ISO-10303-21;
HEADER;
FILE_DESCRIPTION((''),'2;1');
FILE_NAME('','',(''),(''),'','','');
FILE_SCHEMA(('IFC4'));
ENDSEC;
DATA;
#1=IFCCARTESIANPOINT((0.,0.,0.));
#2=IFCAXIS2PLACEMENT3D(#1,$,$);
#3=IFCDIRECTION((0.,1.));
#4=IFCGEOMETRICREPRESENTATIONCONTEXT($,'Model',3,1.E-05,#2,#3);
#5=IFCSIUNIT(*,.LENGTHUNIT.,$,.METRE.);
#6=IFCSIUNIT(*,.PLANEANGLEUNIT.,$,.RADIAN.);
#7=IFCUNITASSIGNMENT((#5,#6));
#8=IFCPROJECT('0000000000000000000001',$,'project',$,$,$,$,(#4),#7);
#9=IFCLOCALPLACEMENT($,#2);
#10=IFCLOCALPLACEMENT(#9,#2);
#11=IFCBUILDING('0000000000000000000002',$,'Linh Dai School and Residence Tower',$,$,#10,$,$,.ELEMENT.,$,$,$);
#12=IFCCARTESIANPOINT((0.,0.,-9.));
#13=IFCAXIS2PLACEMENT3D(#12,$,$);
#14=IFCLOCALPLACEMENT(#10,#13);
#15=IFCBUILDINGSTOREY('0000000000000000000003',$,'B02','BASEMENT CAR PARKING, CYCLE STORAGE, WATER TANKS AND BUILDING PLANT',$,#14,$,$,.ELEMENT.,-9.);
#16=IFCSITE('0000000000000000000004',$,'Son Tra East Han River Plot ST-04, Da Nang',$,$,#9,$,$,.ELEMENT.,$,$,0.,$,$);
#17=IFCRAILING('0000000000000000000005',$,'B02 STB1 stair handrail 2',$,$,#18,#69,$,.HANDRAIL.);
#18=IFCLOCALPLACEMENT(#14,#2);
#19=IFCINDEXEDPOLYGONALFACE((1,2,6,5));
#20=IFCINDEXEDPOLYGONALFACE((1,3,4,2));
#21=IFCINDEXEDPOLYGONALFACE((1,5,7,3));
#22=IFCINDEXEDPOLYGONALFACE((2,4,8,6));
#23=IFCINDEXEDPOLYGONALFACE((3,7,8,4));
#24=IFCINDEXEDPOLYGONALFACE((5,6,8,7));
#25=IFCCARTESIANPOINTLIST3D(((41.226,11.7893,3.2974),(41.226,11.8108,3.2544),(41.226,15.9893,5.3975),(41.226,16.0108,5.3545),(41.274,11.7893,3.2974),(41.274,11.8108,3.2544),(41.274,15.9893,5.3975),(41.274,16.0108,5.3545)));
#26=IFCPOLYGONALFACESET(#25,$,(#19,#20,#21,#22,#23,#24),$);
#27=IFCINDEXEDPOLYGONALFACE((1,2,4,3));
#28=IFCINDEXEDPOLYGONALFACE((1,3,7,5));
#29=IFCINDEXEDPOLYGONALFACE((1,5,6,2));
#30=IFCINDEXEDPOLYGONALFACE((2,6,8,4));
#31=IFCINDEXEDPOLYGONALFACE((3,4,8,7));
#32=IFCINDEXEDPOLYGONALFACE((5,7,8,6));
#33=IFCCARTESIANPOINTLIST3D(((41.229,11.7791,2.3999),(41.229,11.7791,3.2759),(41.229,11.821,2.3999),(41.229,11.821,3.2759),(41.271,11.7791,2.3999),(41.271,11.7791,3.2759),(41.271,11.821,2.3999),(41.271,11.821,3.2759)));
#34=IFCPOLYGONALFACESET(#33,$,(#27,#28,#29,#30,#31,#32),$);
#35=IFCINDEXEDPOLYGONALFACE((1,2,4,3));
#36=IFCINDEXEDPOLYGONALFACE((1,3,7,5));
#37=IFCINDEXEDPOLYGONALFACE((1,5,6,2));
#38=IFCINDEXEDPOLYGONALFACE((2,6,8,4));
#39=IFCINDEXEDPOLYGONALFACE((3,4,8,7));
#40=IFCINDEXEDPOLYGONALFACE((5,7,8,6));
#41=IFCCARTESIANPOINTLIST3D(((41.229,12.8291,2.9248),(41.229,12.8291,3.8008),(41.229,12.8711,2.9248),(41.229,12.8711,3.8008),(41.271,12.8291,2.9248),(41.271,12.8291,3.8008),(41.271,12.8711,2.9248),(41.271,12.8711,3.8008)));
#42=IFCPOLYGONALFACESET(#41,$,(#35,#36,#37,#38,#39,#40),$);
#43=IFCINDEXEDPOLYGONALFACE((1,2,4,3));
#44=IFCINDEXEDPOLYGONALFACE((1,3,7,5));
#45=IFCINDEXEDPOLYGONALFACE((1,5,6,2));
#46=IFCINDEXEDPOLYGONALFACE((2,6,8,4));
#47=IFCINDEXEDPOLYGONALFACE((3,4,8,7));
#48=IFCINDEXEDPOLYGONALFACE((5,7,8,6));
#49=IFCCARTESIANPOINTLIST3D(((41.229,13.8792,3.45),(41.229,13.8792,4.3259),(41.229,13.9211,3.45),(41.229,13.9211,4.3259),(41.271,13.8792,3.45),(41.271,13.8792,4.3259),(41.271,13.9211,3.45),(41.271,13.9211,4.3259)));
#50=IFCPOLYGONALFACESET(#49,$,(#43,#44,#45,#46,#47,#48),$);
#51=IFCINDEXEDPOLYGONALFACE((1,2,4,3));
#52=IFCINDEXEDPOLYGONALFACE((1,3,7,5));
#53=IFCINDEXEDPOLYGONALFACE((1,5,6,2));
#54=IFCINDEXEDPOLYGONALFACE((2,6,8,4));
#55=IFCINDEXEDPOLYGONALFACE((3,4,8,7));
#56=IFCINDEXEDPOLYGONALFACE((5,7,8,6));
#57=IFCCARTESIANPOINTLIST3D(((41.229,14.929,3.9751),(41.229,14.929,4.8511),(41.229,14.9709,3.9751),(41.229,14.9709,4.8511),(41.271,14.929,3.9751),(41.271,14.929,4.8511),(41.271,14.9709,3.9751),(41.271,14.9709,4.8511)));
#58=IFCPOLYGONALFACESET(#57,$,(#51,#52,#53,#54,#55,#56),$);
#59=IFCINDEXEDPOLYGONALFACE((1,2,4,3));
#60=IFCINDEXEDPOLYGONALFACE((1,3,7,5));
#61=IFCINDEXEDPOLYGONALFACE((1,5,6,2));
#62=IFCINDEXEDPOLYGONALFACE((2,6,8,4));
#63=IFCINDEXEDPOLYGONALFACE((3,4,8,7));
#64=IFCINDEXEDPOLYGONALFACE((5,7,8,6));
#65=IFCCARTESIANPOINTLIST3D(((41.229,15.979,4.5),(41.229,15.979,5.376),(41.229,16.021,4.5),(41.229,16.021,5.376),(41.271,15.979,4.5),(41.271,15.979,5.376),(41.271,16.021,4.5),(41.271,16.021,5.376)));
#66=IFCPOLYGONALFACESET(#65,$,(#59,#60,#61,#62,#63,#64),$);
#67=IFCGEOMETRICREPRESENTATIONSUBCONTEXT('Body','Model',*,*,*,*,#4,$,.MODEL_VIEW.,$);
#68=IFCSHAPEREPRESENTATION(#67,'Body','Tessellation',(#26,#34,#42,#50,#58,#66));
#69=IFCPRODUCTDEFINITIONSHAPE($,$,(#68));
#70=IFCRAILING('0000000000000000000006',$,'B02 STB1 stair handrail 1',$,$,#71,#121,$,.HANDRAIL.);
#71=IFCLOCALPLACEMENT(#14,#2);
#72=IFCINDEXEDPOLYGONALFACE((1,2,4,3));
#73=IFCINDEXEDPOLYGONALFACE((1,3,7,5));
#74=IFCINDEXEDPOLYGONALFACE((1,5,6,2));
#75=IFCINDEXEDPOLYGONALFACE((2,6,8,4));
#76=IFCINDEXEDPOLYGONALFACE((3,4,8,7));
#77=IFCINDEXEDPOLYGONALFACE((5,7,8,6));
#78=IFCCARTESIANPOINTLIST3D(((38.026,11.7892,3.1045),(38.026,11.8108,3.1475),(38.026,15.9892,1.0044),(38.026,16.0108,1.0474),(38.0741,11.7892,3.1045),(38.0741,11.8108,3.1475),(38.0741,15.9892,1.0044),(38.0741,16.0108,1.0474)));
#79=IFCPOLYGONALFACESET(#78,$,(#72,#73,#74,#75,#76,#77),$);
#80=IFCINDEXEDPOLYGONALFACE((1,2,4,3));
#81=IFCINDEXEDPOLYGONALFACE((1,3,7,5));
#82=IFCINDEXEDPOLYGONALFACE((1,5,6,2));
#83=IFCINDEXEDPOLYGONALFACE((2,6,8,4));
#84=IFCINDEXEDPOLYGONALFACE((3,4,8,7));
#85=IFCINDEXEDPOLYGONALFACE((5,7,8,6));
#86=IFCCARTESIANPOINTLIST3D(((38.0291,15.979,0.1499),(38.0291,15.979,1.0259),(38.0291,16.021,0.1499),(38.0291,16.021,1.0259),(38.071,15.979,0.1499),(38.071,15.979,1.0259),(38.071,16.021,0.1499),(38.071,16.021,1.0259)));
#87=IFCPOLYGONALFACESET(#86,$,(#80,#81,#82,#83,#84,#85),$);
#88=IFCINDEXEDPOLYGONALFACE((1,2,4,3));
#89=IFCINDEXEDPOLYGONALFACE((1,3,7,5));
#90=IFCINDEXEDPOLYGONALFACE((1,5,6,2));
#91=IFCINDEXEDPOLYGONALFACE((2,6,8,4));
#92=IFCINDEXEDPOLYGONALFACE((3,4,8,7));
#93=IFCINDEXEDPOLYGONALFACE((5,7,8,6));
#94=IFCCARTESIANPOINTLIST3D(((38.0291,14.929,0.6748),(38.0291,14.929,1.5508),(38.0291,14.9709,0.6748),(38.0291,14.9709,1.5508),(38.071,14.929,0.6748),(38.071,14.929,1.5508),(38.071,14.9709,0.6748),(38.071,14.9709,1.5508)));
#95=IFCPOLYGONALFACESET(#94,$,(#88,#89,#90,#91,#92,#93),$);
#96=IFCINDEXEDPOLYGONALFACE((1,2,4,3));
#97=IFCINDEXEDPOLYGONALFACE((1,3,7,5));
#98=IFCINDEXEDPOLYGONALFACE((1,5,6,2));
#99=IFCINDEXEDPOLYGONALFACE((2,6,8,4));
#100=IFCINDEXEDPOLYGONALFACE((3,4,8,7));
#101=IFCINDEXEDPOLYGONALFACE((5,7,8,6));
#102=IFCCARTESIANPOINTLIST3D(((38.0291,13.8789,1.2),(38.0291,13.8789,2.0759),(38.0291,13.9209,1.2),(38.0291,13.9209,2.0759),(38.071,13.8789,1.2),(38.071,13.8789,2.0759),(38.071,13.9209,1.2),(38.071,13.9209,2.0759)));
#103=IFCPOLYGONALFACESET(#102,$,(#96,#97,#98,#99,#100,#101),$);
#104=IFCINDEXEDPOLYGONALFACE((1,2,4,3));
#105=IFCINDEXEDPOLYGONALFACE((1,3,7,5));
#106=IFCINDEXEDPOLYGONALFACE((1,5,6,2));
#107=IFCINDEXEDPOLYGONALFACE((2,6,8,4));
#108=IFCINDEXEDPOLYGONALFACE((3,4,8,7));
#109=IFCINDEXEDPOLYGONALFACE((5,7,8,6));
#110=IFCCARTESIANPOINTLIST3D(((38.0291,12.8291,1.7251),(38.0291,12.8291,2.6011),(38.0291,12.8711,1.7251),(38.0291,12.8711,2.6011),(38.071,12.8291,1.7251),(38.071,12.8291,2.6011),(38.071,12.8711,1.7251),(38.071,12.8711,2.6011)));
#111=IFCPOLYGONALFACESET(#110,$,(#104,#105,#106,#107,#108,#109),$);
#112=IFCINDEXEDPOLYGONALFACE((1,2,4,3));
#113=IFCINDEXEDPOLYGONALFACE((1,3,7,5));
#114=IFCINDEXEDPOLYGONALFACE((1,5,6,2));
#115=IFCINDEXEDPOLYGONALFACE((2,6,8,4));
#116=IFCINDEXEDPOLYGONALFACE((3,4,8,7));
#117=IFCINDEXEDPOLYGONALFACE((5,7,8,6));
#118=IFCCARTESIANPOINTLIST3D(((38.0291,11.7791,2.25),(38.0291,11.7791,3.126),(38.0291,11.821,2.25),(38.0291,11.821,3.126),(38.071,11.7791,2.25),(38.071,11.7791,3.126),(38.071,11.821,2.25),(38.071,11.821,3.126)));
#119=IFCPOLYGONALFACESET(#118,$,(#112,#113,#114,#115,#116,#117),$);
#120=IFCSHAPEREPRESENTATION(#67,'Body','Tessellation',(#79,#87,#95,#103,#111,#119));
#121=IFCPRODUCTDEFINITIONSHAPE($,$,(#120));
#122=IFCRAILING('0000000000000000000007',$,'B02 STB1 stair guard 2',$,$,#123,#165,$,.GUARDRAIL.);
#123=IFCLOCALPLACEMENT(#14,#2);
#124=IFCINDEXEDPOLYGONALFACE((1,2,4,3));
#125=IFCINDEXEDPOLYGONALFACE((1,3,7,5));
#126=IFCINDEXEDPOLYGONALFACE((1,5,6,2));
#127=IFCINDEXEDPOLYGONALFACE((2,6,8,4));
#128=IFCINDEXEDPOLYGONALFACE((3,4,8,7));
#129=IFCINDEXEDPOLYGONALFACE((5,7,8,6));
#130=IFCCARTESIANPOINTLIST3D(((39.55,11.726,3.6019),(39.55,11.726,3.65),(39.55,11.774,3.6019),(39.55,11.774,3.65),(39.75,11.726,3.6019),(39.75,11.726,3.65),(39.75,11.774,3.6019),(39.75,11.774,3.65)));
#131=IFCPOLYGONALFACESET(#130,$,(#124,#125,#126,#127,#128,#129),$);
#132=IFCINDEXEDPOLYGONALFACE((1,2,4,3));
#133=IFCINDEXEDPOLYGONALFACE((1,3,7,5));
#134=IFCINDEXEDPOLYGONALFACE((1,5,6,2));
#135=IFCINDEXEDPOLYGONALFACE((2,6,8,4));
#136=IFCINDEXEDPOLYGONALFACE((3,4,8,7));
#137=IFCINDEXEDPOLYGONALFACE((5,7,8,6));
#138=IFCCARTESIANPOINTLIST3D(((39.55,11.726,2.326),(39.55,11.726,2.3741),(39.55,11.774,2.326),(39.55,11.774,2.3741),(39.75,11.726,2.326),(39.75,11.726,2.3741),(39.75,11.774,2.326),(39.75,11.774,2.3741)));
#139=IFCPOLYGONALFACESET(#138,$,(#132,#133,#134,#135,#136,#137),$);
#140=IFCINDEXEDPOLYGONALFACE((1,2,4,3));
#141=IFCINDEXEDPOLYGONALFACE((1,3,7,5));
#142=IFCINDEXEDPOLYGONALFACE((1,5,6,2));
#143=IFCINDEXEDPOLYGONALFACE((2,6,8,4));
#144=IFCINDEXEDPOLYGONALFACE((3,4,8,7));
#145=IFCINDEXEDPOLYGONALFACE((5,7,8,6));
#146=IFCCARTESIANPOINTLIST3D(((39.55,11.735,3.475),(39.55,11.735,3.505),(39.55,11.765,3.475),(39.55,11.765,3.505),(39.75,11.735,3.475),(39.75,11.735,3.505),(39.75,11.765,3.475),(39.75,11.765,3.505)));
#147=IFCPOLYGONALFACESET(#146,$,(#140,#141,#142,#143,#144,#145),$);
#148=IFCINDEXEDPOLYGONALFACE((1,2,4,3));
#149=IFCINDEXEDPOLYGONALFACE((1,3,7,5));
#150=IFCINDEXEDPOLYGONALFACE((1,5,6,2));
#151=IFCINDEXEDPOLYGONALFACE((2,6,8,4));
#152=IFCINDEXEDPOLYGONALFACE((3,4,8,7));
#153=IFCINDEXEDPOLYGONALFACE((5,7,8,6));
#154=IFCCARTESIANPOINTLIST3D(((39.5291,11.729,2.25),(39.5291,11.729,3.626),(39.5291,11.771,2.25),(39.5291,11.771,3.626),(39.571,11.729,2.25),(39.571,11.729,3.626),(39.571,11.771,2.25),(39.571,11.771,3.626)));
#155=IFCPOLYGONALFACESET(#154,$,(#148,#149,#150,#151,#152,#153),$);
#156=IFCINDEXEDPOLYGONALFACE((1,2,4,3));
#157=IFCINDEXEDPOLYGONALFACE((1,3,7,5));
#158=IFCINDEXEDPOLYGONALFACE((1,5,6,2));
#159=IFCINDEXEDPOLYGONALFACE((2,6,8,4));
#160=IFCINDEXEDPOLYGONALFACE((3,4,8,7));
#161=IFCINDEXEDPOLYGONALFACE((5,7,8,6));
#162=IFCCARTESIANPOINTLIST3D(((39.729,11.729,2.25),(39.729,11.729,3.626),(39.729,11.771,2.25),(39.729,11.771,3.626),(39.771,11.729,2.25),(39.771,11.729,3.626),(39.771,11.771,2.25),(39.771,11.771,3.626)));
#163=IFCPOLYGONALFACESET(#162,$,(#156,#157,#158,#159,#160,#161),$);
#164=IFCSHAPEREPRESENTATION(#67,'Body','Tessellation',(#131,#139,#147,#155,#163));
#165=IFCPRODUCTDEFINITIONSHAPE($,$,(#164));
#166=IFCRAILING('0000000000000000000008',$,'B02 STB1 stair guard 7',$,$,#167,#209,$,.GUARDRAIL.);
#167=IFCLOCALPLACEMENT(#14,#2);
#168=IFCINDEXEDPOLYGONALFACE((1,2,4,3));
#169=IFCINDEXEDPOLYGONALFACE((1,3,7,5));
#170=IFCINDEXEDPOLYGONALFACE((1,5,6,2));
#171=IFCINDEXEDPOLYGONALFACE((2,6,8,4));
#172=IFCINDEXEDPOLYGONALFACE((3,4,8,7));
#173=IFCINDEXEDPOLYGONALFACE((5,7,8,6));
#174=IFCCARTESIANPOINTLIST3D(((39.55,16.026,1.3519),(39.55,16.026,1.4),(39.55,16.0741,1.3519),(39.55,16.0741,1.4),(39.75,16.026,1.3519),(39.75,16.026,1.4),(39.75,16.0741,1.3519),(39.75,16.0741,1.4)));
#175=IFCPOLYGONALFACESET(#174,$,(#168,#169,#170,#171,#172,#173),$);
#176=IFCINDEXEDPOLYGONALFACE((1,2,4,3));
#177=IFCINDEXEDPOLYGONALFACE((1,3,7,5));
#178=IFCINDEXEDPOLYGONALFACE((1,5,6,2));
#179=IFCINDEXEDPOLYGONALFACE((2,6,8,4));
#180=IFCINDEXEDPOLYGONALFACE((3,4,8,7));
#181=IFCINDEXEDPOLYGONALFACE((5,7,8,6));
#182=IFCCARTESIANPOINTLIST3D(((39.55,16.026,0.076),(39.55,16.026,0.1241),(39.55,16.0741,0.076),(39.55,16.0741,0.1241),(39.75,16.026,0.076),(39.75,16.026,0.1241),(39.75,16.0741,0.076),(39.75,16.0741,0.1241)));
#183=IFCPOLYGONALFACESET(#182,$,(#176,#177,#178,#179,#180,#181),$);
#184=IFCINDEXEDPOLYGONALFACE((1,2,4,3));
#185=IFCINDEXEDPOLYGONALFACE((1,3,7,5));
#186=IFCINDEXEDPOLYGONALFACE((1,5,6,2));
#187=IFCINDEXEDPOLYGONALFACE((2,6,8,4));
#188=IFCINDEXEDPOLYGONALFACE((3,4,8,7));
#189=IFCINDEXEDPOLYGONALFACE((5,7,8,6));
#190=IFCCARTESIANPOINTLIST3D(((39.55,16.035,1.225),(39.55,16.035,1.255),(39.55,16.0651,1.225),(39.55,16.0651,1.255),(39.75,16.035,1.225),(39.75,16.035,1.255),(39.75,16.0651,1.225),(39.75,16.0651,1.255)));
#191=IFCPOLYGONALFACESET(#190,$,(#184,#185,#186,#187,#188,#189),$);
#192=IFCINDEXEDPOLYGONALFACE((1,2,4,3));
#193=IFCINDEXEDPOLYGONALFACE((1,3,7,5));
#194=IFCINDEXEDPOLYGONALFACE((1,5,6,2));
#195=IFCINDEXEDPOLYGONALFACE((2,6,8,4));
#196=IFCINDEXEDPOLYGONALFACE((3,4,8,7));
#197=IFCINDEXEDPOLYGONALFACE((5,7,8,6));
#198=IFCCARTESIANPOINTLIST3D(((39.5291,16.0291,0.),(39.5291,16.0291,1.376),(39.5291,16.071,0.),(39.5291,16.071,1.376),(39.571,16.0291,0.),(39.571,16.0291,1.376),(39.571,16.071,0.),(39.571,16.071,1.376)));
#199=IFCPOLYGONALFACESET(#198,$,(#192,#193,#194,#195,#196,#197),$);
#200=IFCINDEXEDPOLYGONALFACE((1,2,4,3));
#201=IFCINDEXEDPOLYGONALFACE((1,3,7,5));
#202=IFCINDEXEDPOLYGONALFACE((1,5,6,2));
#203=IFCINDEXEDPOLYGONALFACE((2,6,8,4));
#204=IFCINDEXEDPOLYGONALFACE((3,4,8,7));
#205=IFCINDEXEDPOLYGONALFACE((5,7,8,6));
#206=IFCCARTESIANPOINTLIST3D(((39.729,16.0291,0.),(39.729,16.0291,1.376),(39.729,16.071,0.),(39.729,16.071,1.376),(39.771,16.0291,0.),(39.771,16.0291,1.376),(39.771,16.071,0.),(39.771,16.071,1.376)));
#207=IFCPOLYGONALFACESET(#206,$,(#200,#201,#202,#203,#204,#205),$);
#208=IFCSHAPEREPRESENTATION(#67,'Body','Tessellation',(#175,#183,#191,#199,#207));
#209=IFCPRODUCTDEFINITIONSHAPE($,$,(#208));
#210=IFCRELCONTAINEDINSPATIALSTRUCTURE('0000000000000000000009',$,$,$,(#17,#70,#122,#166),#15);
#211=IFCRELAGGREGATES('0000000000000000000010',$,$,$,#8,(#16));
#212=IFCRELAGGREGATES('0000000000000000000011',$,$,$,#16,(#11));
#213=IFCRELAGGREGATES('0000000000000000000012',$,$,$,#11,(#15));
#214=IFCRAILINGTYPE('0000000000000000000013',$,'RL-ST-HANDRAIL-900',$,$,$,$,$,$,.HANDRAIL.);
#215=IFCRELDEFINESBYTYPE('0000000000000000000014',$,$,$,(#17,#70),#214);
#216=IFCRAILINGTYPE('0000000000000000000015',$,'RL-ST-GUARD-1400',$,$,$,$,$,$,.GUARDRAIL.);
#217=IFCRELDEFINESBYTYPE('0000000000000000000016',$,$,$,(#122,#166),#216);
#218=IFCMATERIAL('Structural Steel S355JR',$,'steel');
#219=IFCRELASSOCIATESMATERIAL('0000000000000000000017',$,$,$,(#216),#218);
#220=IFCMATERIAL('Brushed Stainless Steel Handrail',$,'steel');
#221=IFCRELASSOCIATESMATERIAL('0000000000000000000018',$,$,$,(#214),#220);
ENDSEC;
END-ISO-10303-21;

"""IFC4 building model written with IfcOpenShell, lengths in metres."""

from ifc_helpers import new_model, si_unit, direction, frame, origin, origin_2d, place, context, subcontext, project, spatial, rectangle, extrude, source, transform, mapped, material, type_object, element, save


model = new_model("IFC4")

# Units and contexts
model_context = context("Model", 3, precision=1e-05, world=origin(), true_north=direction((0.0, 1.0)))
body_context = subcontext(model_context, "Body", "Model", "MODEL_VIEW")
ifc_project = project(units=[si_unit("LENGTHUNIT", "METRE"), si_unit("PLANEANGLEUNIT", "RADIAN")], contexts=[model_context])

# Site, building, storey
site_placement = place(None, origin())
site = spatial("IfcSite", under=ifc_project, at=site_placement, Name="Son Tra East Han River Plot ST-04, Da Nang", CompositionType="ELEMENT", RefElevation=0.0)
building_placement = place(site_placement, origin())
building = spatial("IfcBuilding", under=site, at=building_placement, Name="Linh Dai School and Residence Tower", CompositionType="ELEMENT")
storey_placement = place(building_placement, frame((0.0, 0.0, -9.0)))
storey = spatial("IfcBuildingStorey", under=building, at=storey_placement, Name="B02", Description="BASEMENT CAR PARKING, CYCLE STORAGE, WATER TANKS AND BUILDING PLANT", CompositionType="ELEMENT", Elevation=-9.0)

# Shared definitions
ifc_material_1 = material(Name="Structural Steel S355JR", Category="steel")

# Railings
railing_type_1 = type_object("IfcRailingType", Name="RL-ST-GUARD-1400", PredefinedType="GUARDRAIL", material=ifc_material_1)
ifc_material_2 = material(Name="Brushed Stainless Steel Handrail", Category="steel")
railing_type_2 = type_object("IfcRailingType", Name="RL-ST-HANDRAIL-900", PredefinedType="HANDRAIL", material=ifc_material_2)
shared_shape_1 = source(origin(), body_context, "Body", "SweptSolid", [
    extrude(rectangle(XDim=0.0481, YDim=0.0481, at=origin_2d()), frame((0.0, 0.0, 0.876), z_axis=(0.0, 0.894417, 0.447234), x_axis=(-1.0, 0.0, 0.0)), (0.0, 0.0, 1.0), 4.6958),
    extrude(rectangle(XDim=0.042, YDim=0.042, at=origin_2d()), origin(), (0.0, 0.0, 1.0), 0.876),
    extrude(rectangle(XDim=0.042, YDim=0.042, at=origin_2d()), frame((0.0, 1.05, 0.5249)), (0.0, 0.0, 1.0), 0.876),
    extrude(rectangle(XDim=0.042, YDim=0.042, at=origin_2d()), frame((0.0, 2.1001, 1.05)), (0.0, 0.0, 1.0), 0.876),
    extrude(rectangle(XDim=0.042, YDim=0.042, at=origin_2d()), frame((0.0, 3.1499, 1.5752)), (0.0, 0.0, 1.0), 0.876),
    extrude(rectangle(XDim=0.042, YDim=0.042, at=origin_2d()), frame((0.0, 4.2, 2.1001)), (0.0, 0.0, 1.0), 0.876),
])
railing_1_placement = place(storey_placement, frame((41.25, 11.8, 2.3999)))
element("IfcRailing", 1, at=railing_1_placement, inside=storey, type_object=railing_type_2, Name="B02 STB1 stair handrail 2", PredefinedType="HANDRAIL", context=body_context, shape_type="MappedRepresentation", body=[
    mapped(shared_shape_1, transform((0.0, 0.0, 0.0), x_axis=(1.0, 0.0, 0.0), y_axis=(0.0, 1.0, 0.0), z_axis=(0.0, 0.0, 1.0), scale=1.0)),
])
shared_shape_2 = source(origin(), body_context, "Body", "SweptSolid", [
    extrude(rectangle(XDim=0.0481, YDim=0.0481, at=origin_2d()), frame((0.0, 0.0, 0.876), z_axis=(0.0, -0.894417, 0.447234), x_axis=(1.0, 0.0, 0.0)), (0.0, 0.0, 1.0), 4.6958),
    extrude(rectangle(XDim=0.042, YDim=0.042, at=origin_2d()), origin(), (0.0, 0.0, 1.0), 0.876),
    extrude(rectangle(XDim=0.042, YDim=0.042, at=origin_2d()), frame((0.0, -1.05, 0.5249)), (0.0, 0.0, 1.0), 0.876),
    extrude(rectangle(XDim=0.042, YDim=0.042, at=origin_2d()), frame((0.0, -2.1001, 1.05)), (0.0, 0.0, 1.0), 0.876),
    extrude(rectangle(XDim=0.042, YDim=0.042, at=origin_2d()), frame((0.0, -3.1499, 1.5752)), (0.0, 0.0, 1.0), 0.876),
    extrude(rectangle(XDim=0.042, YDim=0.042, at=origin_2d()), frame((0.0, -4.2, 2.1001)), (0.0, 0.0, 1.0), 0.876),
])
railing_2_placement = place(storey_placement, frame((38.05, 16.0, 0.1499)))
element("IfcRailing", 2, at=railing_2_placement, inside=storey, type_object=railing_type_2, Name="B02 STB1 stair handrail 1", PredefinedType="HANDRAIL", context=body_context, shape_type="MappedRepresentation", body=[
    mapped(shared_shape_2, transform((0.0, 0.0, 0.0), x_axis=(1.0, 0.0, 0.0), y_axis=(0.0, 1.0, 0.0), z_axis=(0.0, 0.0, 1.0), scale=1.0)),
])
shared_shape_3 = source(origin(), body_context, "Body", "SweptSolid", [
    extrude(rectangle(XDim=0.0481, YDim=0.0481, at=origin_2d()), frame((0.0, 0.0, 1.376), z_axis=(1.0, 0.0, 0.0), x_axis=(0.0, 1.0, 0.0)), (0.0, 0.0, 1.0), 0.2),
    extrude(rectangle(XDim=0.0481, YDim=0.0481, at=origin_2d()), frame((0.0, 0.0, 0.1001), z_axis=(1.0, 0.0, 0.0), x_axis=(0.0, 1.0, 0.0)), (0.0, 0.0, 1.0), 0.2),
    extrude(rectangle(XDim=0.03, YDim=0.03, at=origin_2d()), frame((0.0, 0.0, 1.24), z_axis=(1.0, 0.0, 0.0), x_axis=(0.0, 1.0, 0.0)), (0.0, 0.0, 1.0), 0.2),
    extrude(rectangle(XDim=0.042, YDim=0.042, at=origin_2d()), origin(), (0.0, 0.0, 1.0), 1.376),
    extrude(rectangle(XDim=0.042, YDim=0.042, at=origin_2d()), frame((0.2, 0.0, 0.0)), (0.0, 0.0, 1.0), 1.376),
])
for number, where, name in (
    (3, (39.55, 11.75, 2.25), "B02 STB1 stair guard 2"),
    (4, (39.55, 16.05, 0.0), "B02 STB1 stair guard 7"),
):
    element("IfcRailing", number, at=place(storey_placement, frame(where)), inside=storey, type_object=railing_type_1, Name=name, PredefinedType="GUARDRAIL", context=body_context, shape_type="MappedRepresentation", body=[
        mapped(shared_shape_3, transform((0.0, 0.0, 0.0), x_axis=(1.0, 0.0, 0.0), y_axis=(0.0, 1.0, 0.0), z_axis=(0.0, 0.0, 1.0), scale=1.0)),
    ])

save(model, "model.ifc")
